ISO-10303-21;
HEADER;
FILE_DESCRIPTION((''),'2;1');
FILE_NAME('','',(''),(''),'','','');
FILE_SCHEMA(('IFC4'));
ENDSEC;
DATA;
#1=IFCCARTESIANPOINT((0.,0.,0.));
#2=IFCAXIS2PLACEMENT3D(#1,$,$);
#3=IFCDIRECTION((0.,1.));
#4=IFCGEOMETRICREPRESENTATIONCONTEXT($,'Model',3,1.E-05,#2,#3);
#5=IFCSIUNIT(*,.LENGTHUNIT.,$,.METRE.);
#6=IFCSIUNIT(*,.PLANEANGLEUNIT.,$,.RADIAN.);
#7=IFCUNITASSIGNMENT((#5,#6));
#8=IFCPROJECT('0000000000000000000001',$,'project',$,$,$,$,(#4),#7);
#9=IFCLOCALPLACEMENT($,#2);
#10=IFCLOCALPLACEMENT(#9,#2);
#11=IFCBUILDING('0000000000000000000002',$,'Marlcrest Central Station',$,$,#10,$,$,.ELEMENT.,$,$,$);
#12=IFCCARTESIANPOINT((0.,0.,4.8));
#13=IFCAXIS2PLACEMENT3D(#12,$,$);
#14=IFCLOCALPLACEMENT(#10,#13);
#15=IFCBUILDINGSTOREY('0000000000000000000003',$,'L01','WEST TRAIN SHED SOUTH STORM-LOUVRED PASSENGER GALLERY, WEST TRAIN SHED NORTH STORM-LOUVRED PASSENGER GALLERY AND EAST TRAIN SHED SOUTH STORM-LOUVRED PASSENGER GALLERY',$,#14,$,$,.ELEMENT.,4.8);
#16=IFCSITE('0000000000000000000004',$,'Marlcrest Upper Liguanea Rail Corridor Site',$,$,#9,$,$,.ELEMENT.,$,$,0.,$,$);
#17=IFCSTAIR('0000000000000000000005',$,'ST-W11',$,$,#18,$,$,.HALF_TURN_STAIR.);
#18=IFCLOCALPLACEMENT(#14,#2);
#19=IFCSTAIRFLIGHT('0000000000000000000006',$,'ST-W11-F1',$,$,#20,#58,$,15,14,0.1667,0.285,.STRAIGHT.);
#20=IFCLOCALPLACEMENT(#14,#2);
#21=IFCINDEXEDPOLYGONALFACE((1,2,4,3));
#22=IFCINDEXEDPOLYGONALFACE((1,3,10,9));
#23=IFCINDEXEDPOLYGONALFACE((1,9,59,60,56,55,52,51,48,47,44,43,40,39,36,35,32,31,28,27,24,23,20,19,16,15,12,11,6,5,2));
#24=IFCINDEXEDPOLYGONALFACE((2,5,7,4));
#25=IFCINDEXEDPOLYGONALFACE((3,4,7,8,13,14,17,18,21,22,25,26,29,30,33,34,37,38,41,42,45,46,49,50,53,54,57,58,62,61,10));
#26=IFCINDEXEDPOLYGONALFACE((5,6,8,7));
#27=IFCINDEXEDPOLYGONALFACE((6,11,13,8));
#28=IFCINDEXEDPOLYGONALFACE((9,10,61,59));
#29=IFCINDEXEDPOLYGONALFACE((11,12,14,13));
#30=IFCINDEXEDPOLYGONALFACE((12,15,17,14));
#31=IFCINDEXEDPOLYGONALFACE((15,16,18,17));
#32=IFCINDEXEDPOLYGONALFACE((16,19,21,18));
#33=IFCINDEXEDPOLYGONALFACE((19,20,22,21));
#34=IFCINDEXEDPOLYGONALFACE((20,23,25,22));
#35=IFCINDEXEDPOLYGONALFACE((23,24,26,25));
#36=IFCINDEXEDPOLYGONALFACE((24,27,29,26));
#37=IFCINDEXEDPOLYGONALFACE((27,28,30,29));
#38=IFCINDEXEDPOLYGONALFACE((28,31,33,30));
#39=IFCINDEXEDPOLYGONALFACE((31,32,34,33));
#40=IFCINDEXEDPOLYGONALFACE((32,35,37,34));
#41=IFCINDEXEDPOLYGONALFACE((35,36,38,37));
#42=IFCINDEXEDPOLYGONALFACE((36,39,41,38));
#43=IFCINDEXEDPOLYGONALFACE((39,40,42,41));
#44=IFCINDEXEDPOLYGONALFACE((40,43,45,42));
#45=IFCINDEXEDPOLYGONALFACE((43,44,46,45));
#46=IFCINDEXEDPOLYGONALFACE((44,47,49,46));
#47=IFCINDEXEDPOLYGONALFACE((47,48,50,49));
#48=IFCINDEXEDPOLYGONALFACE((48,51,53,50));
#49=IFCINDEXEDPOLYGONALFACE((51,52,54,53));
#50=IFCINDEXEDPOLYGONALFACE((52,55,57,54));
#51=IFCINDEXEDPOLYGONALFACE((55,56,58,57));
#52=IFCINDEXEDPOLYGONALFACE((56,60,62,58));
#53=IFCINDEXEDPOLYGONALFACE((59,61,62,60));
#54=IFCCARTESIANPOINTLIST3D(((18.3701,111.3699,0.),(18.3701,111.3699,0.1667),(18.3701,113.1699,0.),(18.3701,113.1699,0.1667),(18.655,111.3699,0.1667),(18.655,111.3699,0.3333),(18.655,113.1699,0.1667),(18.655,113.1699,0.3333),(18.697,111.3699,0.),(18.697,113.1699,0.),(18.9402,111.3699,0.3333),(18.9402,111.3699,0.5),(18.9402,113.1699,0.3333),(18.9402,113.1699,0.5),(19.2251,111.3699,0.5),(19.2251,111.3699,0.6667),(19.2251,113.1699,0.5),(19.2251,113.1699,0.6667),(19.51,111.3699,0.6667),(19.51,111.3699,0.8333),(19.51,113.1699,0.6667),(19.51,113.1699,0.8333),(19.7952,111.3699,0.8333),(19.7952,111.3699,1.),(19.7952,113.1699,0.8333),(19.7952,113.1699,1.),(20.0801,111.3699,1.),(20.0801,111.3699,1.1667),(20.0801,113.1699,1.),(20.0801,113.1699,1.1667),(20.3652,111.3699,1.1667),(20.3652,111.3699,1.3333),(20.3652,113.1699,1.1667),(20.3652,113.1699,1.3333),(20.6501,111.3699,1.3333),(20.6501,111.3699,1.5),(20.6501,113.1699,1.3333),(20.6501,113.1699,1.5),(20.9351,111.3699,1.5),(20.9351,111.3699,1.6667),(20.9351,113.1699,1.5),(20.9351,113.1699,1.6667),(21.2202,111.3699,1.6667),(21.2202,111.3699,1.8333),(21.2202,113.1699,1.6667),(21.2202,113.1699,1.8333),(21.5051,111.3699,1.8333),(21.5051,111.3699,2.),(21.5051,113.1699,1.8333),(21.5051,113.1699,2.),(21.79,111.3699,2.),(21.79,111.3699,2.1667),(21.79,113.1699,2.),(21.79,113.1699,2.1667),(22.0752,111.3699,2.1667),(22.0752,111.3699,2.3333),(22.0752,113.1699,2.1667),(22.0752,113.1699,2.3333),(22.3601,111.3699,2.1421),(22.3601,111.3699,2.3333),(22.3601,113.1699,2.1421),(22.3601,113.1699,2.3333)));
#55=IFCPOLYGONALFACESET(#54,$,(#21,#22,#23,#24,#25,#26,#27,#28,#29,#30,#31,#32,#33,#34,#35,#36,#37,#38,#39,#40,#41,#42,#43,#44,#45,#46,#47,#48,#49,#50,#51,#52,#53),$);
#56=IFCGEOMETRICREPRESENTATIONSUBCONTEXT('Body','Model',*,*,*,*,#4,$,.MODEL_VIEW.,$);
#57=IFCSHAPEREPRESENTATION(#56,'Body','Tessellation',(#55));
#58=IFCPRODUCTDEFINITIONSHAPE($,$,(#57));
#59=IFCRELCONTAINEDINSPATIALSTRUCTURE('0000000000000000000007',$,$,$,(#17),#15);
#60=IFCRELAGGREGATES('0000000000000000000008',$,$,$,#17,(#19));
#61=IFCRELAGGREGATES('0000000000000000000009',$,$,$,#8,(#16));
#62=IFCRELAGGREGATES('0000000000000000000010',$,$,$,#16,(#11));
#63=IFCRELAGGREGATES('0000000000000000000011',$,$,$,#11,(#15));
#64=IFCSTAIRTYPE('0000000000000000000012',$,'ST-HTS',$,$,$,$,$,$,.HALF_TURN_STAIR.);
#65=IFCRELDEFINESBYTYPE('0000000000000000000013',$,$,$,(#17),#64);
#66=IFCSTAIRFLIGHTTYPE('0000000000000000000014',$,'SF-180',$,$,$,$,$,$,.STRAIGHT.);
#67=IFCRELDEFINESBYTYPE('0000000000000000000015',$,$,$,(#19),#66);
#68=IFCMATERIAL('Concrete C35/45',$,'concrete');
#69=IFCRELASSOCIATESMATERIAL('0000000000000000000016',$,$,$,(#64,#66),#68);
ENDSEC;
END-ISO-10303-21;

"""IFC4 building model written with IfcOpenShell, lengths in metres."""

from ifc_helpers import new_model, si_unit, direction, frame, origin, place, context, subcontext, project, spatial, polyline, outline, extrude, material, type_object, element, aggregate, save


model = new_model("IFC4")

# Units and contexts
model_context = context("Model", 3, precision=1e-05, world=origin(), true_north=direction((0.0, 1.0)))
body_context = subcontext(model_context, "Body", "Model", "MODEL_VIEW")
ifc_project = project(units=[si_unit("LENGTHUNIT", "METRE"), si_unit("PLANEANGLEUNIT", "RADIAN")], contexts=[model_context])

# Site, building, storey
site_placement = place(None, origin())
site = spatial("IfcSite", under=ifc_project, at=site_placement, Name="Marlcrest Upper Liguanea Rail Corridor Site", CompositionType="ELEMENT", RefElevation=0.0)
building_placement = place(site_placement, origin())
building = spatial("IfcBuilding", under=site, at=building_placement, Name="Marlcrest Central Station", CompositionType="ELEMENT")
storey_placement = place(building_placement, frame((0.0, 0.0, 4.8)))
storey = spatial("IfcBuildingStorey", under=building, at=storey_placement, Name="L01", Description="WEST TRAIN SHED SOUTH STORM-LOUVRED PASSENGER GALLERY, WEST TRAIN SHED NORTH STORM-LOUVRED PASSENGER GALLERY AND EAST TRAIN SHED SOUTH STORM-LOUVRED PASSENGER GALLERY", CompositionType="ELEMENT", Elevation=4.8)

# Stair, stair flight
ifc_material_1 = material(Name="Concrete C35/45", Category="concrete")
stair_type = type_object("IfcStairType", Name="ST-HTS", PredefinedType="HALF_TURN_STAIR", material=ifc_material_1)
stair_placement = place(storey_placement, origin())
stair = element("IfcStair", 1, at=stair_placement, inside=storey, type_object=stair_type, Name="ST-W11", PredefinedType="HALF_TURN_STAIR")
stair_flight_type = type_object("IfcStairFlightType", Name="SF-180", PredefinedType="STRAIGHT", material=ifc_material_1)
stair_flight_placement = place(storey_placement, frame((18.3701, 112.27, 0.0), z_axis=(0.0, 0.0, 1.0), x_axis=(1.0, 0.0, 0.0)))
stair_flight = element("IfcStairFlight", 2, at=stair_flight_placement, type_object=stair_flight_type, Name="ST-W11-F1", NumberOfRisers=15, NumberOfTreads=14, PredefinedType="STRAIGHT", RiserHeight=0.1667, TreadLength=0.285, context=body_context, shape_type="SweptSolid", body=[
    extrude(outline(polyline([(0.0, 0.0), (0.0, 0.1667), (0.2849, 0.1667), (0.2849, 0.3333), (0.5701, 0.3333), (0.5701, 0.5), (0.855, 0.5), (0.855, 0.6667), (1.1399, 0.6667), (1.1399, 0.8333), (1.425, 0.8333), (1.425, 1.0), (1.71, 1.0), (1.71, 1.1667), (1.9951, 1.1667), (1.9951, 1.3333), (2.28, 1.3333), (2.28, 1.5), (2.5649, 1.5), (2.5649, 1.6667), (2.8501, 1.6667), (2.8501, 1.8333), (3.135, 1.8333), (3.135, 2.0), (3.4199, 2.0), (3.4199, 2.1667), (3.7051, 2.1667), (3.7051, 2.3333), (3.99, 2.3333), (3.99, 2.5), (3.99, 2.1421), (0.3269, 0.0), (0.0, 0.0)])), frame((0.0, 0.8999, 0.0), z_axis=(0.0, -1.0, 0.0), x_axis=(1.0, 0.0, 0.0)), (0.0, 0.0, 1.0), 1.8),
])
aggregate(stair, [stair_flight])

save(model, "model.ifc")
